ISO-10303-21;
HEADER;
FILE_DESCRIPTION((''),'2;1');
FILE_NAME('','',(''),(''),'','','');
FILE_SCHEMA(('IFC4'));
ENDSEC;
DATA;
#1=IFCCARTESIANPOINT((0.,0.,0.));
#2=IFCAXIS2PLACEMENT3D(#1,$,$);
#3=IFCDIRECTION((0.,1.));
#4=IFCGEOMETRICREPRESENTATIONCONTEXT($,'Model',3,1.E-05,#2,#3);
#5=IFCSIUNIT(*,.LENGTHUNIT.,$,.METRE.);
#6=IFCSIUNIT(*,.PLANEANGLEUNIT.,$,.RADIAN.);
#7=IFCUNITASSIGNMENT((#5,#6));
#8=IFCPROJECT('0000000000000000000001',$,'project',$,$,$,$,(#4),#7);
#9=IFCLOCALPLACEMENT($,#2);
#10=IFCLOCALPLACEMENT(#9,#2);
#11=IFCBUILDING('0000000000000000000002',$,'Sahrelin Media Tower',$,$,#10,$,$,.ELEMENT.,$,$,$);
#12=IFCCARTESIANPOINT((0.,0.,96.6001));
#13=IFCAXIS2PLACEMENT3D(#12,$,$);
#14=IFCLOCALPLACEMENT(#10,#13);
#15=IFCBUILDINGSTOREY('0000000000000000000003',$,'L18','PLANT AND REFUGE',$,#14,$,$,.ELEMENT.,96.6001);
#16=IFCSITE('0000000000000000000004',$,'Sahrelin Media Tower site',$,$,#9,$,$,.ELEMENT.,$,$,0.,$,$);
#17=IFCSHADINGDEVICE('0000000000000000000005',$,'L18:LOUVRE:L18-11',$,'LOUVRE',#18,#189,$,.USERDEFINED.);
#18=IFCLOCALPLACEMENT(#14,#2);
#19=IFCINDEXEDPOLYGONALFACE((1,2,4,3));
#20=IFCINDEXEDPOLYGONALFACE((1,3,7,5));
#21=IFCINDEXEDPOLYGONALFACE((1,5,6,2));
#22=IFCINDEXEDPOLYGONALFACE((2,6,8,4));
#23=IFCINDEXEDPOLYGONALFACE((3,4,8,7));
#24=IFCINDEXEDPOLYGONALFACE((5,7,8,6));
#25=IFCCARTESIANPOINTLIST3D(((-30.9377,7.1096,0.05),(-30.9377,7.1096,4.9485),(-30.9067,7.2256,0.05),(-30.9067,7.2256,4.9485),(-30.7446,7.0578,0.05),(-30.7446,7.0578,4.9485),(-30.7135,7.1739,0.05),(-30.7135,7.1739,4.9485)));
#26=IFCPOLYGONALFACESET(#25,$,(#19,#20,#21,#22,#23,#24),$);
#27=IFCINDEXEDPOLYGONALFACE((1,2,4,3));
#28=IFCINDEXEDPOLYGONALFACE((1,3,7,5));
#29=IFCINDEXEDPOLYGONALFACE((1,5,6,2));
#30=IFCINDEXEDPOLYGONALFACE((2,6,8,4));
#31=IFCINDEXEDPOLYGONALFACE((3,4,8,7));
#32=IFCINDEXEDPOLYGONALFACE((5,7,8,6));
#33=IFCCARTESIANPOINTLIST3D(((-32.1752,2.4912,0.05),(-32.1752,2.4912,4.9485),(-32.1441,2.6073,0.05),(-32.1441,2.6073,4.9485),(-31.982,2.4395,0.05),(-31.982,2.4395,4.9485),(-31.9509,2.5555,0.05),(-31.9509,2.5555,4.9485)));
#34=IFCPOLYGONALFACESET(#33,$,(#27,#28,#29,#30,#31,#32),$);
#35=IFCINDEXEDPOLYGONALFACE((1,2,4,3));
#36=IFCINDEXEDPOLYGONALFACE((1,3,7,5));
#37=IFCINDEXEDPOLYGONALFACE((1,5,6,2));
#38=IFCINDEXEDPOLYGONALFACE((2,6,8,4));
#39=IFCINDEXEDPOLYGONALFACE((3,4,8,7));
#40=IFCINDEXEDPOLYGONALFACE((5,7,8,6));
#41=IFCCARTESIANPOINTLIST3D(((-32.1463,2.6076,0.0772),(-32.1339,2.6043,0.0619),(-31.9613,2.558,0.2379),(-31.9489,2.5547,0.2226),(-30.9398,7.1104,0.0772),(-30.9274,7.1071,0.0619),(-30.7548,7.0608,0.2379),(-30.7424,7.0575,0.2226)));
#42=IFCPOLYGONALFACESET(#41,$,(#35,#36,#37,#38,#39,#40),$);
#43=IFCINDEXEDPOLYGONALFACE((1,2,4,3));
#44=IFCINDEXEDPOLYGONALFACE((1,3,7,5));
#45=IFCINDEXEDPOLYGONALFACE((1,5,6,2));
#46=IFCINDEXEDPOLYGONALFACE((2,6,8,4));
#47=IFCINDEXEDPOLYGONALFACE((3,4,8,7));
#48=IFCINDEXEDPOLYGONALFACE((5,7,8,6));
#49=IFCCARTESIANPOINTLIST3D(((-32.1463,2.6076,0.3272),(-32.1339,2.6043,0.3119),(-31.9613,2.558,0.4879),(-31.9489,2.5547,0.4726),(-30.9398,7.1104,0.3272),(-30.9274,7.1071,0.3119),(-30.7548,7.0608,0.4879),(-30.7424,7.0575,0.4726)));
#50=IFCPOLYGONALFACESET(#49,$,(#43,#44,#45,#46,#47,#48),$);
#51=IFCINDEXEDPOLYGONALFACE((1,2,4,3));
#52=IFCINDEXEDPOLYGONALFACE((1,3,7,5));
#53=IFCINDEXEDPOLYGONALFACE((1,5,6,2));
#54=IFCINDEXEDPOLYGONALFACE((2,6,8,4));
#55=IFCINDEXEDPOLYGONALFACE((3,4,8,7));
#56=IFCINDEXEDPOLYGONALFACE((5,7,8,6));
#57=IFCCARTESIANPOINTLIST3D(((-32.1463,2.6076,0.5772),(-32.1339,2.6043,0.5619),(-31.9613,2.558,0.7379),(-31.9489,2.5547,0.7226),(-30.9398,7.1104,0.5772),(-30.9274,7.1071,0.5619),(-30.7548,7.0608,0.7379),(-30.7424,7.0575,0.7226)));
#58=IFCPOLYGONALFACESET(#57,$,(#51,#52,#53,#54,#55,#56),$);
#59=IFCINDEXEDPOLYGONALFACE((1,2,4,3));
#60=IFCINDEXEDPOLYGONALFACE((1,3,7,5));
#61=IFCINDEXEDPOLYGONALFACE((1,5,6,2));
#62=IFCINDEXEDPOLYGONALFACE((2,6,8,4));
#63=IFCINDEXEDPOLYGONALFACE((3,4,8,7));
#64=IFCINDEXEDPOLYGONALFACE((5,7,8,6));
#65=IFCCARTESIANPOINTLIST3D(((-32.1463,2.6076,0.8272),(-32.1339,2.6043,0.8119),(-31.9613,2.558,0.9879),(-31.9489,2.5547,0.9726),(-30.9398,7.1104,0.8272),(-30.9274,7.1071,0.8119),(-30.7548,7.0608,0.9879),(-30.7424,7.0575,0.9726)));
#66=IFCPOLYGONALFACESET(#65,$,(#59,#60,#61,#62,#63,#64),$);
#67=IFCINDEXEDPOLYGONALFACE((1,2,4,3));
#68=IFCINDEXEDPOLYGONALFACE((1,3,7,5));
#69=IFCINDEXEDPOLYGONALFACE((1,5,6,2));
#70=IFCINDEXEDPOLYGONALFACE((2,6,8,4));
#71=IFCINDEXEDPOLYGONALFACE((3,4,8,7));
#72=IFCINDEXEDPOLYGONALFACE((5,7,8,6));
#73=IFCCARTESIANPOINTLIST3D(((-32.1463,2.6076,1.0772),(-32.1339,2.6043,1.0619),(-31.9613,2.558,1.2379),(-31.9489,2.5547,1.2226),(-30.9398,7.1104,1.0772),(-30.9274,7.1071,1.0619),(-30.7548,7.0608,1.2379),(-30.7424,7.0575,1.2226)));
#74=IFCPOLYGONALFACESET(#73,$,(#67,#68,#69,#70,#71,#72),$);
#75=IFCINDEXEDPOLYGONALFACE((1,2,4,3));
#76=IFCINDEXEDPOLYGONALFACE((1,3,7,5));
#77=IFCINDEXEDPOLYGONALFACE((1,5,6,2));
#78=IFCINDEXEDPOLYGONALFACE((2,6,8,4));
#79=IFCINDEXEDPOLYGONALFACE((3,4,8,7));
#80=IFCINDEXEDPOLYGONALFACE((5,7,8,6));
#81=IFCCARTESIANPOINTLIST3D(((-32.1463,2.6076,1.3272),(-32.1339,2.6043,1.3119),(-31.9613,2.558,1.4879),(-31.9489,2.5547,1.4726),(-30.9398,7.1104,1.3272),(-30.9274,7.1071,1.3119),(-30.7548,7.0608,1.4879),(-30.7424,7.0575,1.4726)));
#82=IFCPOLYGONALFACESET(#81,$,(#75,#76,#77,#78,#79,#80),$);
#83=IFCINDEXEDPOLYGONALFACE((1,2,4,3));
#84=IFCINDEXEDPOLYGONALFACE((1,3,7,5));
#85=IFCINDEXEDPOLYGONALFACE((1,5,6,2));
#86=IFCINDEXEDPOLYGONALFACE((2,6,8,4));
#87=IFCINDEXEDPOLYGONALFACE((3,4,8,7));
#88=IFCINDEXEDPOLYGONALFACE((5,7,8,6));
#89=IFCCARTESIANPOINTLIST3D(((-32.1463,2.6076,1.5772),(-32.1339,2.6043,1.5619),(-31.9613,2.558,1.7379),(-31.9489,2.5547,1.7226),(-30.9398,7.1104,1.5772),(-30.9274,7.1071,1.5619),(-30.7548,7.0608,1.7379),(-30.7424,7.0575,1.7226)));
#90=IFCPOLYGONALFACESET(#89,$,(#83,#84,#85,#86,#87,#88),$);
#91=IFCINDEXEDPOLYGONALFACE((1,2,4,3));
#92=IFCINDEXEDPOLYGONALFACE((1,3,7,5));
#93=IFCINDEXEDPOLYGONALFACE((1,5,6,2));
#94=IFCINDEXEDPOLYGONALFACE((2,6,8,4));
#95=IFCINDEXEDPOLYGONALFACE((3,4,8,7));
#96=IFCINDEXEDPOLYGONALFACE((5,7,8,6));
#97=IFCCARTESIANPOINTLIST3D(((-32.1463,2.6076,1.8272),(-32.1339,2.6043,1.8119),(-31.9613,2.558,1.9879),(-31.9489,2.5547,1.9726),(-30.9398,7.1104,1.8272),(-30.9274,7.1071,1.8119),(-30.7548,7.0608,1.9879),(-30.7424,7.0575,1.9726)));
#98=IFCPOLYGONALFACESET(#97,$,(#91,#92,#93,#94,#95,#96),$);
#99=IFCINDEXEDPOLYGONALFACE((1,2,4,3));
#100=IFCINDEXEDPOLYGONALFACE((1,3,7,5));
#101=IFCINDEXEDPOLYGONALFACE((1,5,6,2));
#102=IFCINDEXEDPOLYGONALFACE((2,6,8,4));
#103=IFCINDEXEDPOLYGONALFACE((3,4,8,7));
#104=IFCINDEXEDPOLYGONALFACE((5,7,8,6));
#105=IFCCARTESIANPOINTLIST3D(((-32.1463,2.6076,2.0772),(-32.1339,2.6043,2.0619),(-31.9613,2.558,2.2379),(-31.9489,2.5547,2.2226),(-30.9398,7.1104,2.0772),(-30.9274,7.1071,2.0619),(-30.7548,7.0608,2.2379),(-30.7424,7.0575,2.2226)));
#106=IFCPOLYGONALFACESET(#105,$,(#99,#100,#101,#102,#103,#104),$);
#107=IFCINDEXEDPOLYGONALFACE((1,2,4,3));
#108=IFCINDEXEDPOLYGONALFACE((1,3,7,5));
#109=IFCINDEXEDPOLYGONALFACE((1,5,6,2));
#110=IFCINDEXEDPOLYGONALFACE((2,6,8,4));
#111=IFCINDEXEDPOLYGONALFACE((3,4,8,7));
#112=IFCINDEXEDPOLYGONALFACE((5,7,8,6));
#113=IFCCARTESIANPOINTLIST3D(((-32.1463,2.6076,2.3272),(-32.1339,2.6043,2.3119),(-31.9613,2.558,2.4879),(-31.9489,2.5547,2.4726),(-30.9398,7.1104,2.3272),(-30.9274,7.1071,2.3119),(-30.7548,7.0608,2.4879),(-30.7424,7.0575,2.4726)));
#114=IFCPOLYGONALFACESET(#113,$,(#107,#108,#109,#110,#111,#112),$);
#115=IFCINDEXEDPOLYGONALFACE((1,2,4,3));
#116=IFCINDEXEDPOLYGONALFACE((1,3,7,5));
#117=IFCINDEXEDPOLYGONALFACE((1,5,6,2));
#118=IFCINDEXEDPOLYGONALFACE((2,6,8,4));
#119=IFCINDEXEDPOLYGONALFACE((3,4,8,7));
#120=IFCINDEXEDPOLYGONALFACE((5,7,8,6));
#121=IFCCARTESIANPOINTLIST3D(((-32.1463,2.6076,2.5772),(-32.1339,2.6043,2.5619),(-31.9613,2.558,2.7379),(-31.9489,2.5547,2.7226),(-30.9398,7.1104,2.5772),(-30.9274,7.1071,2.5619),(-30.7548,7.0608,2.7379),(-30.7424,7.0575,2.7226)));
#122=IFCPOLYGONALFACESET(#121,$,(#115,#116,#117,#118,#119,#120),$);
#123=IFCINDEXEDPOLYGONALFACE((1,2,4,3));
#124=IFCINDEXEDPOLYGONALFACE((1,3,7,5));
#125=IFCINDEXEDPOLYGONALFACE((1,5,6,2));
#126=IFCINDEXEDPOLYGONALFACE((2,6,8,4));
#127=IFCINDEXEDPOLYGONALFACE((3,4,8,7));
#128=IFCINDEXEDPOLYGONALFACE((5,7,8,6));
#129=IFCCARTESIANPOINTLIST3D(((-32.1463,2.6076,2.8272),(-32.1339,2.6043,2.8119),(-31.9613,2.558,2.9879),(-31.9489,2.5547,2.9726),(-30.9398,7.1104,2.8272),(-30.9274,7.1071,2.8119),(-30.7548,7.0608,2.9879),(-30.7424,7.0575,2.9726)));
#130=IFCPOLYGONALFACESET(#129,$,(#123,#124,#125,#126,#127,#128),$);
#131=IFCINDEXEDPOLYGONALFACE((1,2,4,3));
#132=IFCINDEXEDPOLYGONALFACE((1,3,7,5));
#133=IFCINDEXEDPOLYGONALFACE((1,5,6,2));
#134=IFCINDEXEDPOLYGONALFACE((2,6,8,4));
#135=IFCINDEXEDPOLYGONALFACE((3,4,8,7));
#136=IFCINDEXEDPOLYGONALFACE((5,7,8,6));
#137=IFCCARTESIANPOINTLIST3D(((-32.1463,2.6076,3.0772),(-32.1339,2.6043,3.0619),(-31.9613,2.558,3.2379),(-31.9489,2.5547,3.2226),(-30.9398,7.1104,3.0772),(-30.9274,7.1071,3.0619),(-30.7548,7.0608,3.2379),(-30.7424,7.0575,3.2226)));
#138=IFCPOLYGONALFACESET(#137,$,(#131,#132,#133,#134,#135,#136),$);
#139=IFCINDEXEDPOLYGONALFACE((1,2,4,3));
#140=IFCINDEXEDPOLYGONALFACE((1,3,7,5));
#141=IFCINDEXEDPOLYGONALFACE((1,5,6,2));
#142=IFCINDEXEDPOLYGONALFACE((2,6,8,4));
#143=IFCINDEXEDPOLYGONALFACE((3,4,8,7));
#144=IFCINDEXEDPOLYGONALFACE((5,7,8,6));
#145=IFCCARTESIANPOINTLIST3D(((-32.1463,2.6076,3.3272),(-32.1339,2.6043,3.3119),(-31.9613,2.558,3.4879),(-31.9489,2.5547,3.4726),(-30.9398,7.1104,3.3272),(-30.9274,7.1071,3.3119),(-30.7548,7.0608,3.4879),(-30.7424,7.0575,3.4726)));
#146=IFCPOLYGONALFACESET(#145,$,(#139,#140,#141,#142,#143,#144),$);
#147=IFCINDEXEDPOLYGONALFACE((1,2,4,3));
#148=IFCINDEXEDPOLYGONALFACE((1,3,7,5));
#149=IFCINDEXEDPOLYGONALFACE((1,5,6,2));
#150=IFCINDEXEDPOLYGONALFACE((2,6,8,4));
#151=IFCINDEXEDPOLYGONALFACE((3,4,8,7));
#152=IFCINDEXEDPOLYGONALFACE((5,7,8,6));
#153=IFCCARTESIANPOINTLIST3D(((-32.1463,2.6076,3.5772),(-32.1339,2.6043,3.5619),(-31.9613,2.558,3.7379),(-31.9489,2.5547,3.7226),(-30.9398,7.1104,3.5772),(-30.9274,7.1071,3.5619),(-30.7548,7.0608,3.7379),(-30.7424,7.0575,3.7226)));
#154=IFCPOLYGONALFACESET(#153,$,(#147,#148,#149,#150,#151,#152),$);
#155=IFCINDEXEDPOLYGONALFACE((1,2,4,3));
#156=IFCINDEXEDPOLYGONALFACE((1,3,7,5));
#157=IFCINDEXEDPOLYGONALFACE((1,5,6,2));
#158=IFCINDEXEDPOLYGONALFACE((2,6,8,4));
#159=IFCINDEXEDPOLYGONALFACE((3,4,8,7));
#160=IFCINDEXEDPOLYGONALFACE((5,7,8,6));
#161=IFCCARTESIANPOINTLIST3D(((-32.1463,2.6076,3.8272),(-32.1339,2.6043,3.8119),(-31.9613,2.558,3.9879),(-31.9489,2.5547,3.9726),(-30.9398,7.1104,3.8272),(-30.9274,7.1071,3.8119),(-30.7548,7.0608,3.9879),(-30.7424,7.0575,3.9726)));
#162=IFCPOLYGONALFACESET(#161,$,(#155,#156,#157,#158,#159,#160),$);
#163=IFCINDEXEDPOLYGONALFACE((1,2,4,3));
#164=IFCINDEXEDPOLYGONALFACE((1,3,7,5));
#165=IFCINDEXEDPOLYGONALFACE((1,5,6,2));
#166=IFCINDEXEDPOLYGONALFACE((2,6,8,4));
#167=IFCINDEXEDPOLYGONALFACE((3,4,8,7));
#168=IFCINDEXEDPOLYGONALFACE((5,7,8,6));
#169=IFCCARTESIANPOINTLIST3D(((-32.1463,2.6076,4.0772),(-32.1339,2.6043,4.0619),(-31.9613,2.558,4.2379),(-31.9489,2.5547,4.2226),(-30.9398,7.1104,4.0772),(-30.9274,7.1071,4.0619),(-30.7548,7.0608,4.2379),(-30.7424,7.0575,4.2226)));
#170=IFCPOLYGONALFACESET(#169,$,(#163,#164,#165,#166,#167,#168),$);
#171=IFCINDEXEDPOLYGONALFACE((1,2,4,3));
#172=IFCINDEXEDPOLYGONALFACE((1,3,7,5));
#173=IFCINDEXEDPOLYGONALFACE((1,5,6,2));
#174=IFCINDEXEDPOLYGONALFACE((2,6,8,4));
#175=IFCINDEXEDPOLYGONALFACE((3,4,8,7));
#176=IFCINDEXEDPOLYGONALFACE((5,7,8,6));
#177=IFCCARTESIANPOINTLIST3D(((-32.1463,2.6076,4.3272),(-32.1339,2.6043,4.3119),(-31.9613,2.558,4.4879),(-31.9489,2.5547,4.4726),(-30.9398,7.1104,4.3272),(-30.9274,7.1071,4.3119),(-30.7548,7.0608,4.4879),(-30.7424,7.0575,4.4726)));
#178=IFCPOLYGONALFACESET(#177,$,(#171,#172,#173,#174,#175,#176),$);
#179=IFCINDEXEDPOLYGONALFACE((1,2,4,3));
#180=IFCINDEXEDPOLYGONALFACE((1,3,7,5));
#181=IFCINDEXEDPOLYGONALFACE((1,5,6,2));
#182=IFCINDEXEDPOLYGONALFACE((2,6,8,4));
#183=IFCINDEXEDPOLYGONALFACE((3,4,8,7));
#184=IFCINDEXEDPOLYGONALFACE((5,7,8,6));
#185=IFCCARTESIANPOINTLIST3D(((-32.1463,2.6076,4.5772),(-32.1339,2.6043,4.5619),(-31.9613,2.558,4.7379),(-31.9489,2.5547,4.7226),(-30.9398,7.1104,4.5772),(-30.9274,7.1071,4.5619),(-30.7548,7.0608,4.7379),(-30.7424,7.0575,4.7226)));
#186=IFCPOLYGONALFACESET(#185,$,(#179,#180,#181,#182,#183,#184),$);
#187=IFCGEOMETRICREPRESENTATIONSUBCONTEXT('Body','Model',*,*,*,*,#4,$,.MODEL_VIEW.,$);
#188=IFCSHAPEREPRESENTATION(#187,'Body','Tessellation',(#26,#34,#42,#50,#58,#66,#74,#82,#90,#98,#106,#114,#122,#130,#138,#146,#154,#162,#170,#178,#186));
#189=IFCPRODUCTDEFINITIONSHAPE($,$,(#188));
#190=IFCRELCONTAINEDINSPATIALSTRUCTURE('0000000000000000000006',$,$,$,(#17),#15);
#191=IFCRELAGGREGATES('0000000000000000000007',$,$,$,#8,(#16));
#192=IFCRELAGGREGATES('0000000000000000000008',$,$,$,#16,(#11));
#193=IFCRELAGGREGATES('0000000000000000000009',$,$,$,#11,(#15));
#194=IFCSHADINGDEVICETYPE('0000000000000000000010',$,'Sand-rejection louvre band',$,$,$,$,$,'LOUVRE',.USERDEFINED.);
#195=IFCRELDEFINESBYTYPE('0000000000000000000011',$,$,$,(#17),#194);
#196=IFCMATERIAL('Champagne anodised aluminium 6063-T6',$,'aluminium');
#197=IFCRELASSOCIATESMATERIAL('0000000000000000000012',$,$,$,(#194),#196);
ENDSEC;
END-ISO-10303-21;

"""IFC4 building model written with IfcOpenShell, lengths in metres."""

from ifc_helpers import new_model, si_unit, direction, frame, origin, origin_2d, place, context, subcontext, project, spatial, rectangle, extrude, material, type_object, element, save


model = new_model("IFC4")

# Units and contexts
model_context = context("Model", 3, precision=1e-05, world=origin(), true_north=direction((0.0, 1.0)))
body_context = subcontext(model_context, "Body", "Model", "MODEL_VIEW")
ifc_project = project(units=[si_unit("LENGTHUNIT", "METRE"), si_unit("PLANEANGLEUNIT", "RADIAN")], contexts=[model_context])

# Site, building, storey
site_placement = place(None, origin())
site = spatial("IfcSite", under=ifc_project, at=site_placement, Name="Sahrelin Media Tower site", CompositionType="ELEMENT", RefElevation=0.0)
building_placement = place(site_placement, origin())
building = spatial("IfcBuilding", under=site, at=building_placement, Name="Sahrelin Media Tower", CompositionType="ELEMENT")
storey_placement = place(building_placement, frame((0.0, 0.0, 96.6001)))
storey = spatial("IfcBuildingStorey", under=building, at=storey_placement, Name="L18", Description="PLANT AND REFUGE", CompositionType="ELEMENT", Elevation=96.6001)

# Shading device
ifc_material_1 = material(Name="Champagne anodised aluminium 6063-T6", Category="aluminium")
shading_device_type = type_object("IfcShadingDeviceType", Name="Sand-rejection louvre band", ElementType="LOUVRE", PredefinedType="USERDEFINED", material=ifc_material_1)
shading_device_1_placement = place(storey_placement, frame((-31.3477, 4.8066, 0.0), z_axis=(0.0, 0.0, 1.0), x_axis=(0.258808, 0.965929, 0.0)))
element("IfcShadingDevice", 1, at=shading_device_1_placement, inside=storey, type_object=shading_device_type, Name="L18:LOUVRE:L18-11", ObjectType="LOUVRE", PredefinedType="USERDEFINED", context=body_context, shape_type="SweptSolid", body=[
    extrude(rectangle(XDim=0.1201, YDim=0.2, at=origin_2d()), frame((2.3906, 0.1001, 0.05), z_axis=(0.0, 0.0, 1.0), x_axis=(1.0, 0.0, 0.0)), (0.0, 0.0, 1.0), 4.8984),
    extrude(rectangle(XDim=0.1201, YDim=0.2, at=origin_2d()), frame((-2.3906, 0.1001, 0.05), z_axis=(0.0, 0.0, 1.0), x_axis=(1.0, 0.0, 0.0)), (0.0, 0.0, 1.0), 4.8984),
    extrude(rectangle(XDim=0.25, YDim=0.02, at=origin_2d()), frame((2.3308, 0.1001, 0.1499), z_axis=(-1.0, 0.0, 0.0), x_axis=(0.0, -0.766044, 0.642788)), (0.0, 0.0, 1.0), 4.6616),
    extrude(rectangle(XDim=0.25, YDim=0.02, at=origin_2d()), frame((2.3308, 0.1001, 0.3999), z_axis=(-1.0, 0.0, 0.0), x_axis=(0.0, -0.766044, 0.642788)), (0.0, 0.0, 1.0), 4.6616),
    extrude(rectangle(XDim=0.25, YDim=0.02, at=origin_2d()), frame((2.3308, 0.1001, 0.6499), z_axis=(-1.0, 0.0, 0.0), x_axis=(0.0, -0.766044, 0.642788)), (0.0, 0.0, 1.0), 4.6616),
    extrude(rectangle(XDim=0.25, YDim=0.02, at=origin_2d()), frame((2.3308, 0.1001, 0.8999), z_axis=(-1.0, 0.0, 0.0), x_axis=(0.0, -0.766044, 0.642788)), (0.0, 0.0, 1.0), 4.6616),
    extrude(rectangle(XDim=0.25, YDim=0.02, at=origin_2d()), frame((2.3308, 0.1001, 1.1499), z_axis=(-1.0, 0.0, 0.0), x_axis=(0.0, -0.766044, 0.642788)), (0.0, 0.0, 1.0), 4.6616),
    extrude(rectangle(XDim=0.25, YDim=0.02, at=origin_2d()), frame((2.3308, 0.1001, 1.3999), z_axis=(-1.0, 0.0, 0.0), x_axis=(0.0, -0.766044, 0.642788)), (0.0, 0.0, 1.0), 4.6616),
    extrude(rectangle(XDim=0.25, YDim=0.02, at=origin_2d()), frame((2.3308, 0.1001, 1.6499), z_axis=(-1.0, 0.0, 0.0), x_axis=(0.0, -0.766044, 0.642788)), (0.0, 0.0, 1.0), 4.6616),
    extrude(rectangle(XDim=0.25, YDim=0.02, at=origin_2d()), frame((2.3308, 0.1001, 1.8999), z_axis=(-1.0, 0.0, 0.0), x_axis=(0.0, -0.766044, 0.642788)), (0.0, 0.0, 1.0), 4.6616),
    extrude(rectangle(XDim=0.25, YDim=0.02, at=origin_2d()), frame((2.3308, 0.1001, 2.1499), z_axis=(-1.0, 0.0, 0.0), x_axis=(0.0, -0.766044, 0.642788)), (0.0, 0.0, 1.0), 4.6616),
    extrude(rectangle(XDim=0.25, YDim=0.02, at=origin_2d()), frame((2.3308, 0.1001, 2.3999), z_axis=(-1.0, 0.0, 0.0), x_axis=(0.0, -0.766044, 0.642788)), (0.0, 0.0, 1.0), 4.6616),
    extrude(rectangle(XDim=0.25, YDim=0.02, at=origin_2d()), frame((2.3308, 0.1001, 2.6499), z_axis=(-1.0, 0.0, 0.0), x_axis=(0.0, -0.766044, 0.642788)), (0.0, 0.0, 1.0), 4.6616),
    extrude(rectangle(XDim=0.25, YDim=0.02, at=origin_2d()), frame((2.3308, 0.1001, 2.8999), z_axis=(-1.0, 0.0, 0.0), x_axis=(0.0, -0.766044, 0.642788)), (0.0, 0.0, 1.0), 4.6616),
    extrude(rectangle(XDim=0.25, YDim=0.02, at=origin_2d()), frame((2.3308, 0.1001, 3.1499), z_axis=(-1.0, 0.0, 0.0), x_axis=(0.0, -0.766044, 0.642788)), (0.0, 0.0, 1.0), 4.6616),
    extrude(rectangle(XDim=0.25, YDim=0.02, at=origin_2d()), frame((2.3308, 0.1001, 3.3999), z_axis=(-1.0, 0.0, 0.0), x_axis=(0.0, -0.766044, 0.642788)), (0.0, 0.0, 1.0), 4.6616),
    extrude(rectangle(XDim=0.25, YDim=0.02, at=origin_2d()), frame((2.3308, 0.1001, 3.6499), z_axis=(-1.0, 0.0, 0.0), x_axis=(0.0, -0.766044, 0.642788)), (0.0, 0.0, 1.0), 4.6616),
    extrude(rectangle(XDim=0.25, YDim=0.02, at=origin_2d()), frame((2.3308, 0.1001, 3.8999), z_axis=(-1.0, 0.0, 0.0), x_axis=(0.0, -0.766044, 0.642788)), (0.0, 0.0, 1.0), 4.6616),
    extrude(rectangle(XDim=0.25, YDim=0.02, at=origin_2d()), frame((2.3308, 0.1001, 4.1499), z_axis=(-1.0, 0.0, 0.0), x_axis=(0.0, -0.766044, 0.642788)), (0.0, 0.0, 1.0), 4.6616),
    extrude(rectangle(XDim=0.25, YDim=0.02, at=origin_2d()), frame((2.3308, 0.1001, 4.3999), z_axis=(-1.0, 0.0, 0.0), x_axis=(0.0, -0.766044, 0.642788)), (0.0, 0.0, 1.0), 4.6616),
    extrude(rectangle(XDim=0.25, YDim=0.02, at=origin_2d()), frame((2.3308, 0.1001, 4.6499), z_axis=(-1.0, 0.0, 0.0), x_axis=(0.0, -0.766044, 0.642788)), (0.0, 0.0, 1.0), 4.6616),
])

save(model, "model.ifc")
